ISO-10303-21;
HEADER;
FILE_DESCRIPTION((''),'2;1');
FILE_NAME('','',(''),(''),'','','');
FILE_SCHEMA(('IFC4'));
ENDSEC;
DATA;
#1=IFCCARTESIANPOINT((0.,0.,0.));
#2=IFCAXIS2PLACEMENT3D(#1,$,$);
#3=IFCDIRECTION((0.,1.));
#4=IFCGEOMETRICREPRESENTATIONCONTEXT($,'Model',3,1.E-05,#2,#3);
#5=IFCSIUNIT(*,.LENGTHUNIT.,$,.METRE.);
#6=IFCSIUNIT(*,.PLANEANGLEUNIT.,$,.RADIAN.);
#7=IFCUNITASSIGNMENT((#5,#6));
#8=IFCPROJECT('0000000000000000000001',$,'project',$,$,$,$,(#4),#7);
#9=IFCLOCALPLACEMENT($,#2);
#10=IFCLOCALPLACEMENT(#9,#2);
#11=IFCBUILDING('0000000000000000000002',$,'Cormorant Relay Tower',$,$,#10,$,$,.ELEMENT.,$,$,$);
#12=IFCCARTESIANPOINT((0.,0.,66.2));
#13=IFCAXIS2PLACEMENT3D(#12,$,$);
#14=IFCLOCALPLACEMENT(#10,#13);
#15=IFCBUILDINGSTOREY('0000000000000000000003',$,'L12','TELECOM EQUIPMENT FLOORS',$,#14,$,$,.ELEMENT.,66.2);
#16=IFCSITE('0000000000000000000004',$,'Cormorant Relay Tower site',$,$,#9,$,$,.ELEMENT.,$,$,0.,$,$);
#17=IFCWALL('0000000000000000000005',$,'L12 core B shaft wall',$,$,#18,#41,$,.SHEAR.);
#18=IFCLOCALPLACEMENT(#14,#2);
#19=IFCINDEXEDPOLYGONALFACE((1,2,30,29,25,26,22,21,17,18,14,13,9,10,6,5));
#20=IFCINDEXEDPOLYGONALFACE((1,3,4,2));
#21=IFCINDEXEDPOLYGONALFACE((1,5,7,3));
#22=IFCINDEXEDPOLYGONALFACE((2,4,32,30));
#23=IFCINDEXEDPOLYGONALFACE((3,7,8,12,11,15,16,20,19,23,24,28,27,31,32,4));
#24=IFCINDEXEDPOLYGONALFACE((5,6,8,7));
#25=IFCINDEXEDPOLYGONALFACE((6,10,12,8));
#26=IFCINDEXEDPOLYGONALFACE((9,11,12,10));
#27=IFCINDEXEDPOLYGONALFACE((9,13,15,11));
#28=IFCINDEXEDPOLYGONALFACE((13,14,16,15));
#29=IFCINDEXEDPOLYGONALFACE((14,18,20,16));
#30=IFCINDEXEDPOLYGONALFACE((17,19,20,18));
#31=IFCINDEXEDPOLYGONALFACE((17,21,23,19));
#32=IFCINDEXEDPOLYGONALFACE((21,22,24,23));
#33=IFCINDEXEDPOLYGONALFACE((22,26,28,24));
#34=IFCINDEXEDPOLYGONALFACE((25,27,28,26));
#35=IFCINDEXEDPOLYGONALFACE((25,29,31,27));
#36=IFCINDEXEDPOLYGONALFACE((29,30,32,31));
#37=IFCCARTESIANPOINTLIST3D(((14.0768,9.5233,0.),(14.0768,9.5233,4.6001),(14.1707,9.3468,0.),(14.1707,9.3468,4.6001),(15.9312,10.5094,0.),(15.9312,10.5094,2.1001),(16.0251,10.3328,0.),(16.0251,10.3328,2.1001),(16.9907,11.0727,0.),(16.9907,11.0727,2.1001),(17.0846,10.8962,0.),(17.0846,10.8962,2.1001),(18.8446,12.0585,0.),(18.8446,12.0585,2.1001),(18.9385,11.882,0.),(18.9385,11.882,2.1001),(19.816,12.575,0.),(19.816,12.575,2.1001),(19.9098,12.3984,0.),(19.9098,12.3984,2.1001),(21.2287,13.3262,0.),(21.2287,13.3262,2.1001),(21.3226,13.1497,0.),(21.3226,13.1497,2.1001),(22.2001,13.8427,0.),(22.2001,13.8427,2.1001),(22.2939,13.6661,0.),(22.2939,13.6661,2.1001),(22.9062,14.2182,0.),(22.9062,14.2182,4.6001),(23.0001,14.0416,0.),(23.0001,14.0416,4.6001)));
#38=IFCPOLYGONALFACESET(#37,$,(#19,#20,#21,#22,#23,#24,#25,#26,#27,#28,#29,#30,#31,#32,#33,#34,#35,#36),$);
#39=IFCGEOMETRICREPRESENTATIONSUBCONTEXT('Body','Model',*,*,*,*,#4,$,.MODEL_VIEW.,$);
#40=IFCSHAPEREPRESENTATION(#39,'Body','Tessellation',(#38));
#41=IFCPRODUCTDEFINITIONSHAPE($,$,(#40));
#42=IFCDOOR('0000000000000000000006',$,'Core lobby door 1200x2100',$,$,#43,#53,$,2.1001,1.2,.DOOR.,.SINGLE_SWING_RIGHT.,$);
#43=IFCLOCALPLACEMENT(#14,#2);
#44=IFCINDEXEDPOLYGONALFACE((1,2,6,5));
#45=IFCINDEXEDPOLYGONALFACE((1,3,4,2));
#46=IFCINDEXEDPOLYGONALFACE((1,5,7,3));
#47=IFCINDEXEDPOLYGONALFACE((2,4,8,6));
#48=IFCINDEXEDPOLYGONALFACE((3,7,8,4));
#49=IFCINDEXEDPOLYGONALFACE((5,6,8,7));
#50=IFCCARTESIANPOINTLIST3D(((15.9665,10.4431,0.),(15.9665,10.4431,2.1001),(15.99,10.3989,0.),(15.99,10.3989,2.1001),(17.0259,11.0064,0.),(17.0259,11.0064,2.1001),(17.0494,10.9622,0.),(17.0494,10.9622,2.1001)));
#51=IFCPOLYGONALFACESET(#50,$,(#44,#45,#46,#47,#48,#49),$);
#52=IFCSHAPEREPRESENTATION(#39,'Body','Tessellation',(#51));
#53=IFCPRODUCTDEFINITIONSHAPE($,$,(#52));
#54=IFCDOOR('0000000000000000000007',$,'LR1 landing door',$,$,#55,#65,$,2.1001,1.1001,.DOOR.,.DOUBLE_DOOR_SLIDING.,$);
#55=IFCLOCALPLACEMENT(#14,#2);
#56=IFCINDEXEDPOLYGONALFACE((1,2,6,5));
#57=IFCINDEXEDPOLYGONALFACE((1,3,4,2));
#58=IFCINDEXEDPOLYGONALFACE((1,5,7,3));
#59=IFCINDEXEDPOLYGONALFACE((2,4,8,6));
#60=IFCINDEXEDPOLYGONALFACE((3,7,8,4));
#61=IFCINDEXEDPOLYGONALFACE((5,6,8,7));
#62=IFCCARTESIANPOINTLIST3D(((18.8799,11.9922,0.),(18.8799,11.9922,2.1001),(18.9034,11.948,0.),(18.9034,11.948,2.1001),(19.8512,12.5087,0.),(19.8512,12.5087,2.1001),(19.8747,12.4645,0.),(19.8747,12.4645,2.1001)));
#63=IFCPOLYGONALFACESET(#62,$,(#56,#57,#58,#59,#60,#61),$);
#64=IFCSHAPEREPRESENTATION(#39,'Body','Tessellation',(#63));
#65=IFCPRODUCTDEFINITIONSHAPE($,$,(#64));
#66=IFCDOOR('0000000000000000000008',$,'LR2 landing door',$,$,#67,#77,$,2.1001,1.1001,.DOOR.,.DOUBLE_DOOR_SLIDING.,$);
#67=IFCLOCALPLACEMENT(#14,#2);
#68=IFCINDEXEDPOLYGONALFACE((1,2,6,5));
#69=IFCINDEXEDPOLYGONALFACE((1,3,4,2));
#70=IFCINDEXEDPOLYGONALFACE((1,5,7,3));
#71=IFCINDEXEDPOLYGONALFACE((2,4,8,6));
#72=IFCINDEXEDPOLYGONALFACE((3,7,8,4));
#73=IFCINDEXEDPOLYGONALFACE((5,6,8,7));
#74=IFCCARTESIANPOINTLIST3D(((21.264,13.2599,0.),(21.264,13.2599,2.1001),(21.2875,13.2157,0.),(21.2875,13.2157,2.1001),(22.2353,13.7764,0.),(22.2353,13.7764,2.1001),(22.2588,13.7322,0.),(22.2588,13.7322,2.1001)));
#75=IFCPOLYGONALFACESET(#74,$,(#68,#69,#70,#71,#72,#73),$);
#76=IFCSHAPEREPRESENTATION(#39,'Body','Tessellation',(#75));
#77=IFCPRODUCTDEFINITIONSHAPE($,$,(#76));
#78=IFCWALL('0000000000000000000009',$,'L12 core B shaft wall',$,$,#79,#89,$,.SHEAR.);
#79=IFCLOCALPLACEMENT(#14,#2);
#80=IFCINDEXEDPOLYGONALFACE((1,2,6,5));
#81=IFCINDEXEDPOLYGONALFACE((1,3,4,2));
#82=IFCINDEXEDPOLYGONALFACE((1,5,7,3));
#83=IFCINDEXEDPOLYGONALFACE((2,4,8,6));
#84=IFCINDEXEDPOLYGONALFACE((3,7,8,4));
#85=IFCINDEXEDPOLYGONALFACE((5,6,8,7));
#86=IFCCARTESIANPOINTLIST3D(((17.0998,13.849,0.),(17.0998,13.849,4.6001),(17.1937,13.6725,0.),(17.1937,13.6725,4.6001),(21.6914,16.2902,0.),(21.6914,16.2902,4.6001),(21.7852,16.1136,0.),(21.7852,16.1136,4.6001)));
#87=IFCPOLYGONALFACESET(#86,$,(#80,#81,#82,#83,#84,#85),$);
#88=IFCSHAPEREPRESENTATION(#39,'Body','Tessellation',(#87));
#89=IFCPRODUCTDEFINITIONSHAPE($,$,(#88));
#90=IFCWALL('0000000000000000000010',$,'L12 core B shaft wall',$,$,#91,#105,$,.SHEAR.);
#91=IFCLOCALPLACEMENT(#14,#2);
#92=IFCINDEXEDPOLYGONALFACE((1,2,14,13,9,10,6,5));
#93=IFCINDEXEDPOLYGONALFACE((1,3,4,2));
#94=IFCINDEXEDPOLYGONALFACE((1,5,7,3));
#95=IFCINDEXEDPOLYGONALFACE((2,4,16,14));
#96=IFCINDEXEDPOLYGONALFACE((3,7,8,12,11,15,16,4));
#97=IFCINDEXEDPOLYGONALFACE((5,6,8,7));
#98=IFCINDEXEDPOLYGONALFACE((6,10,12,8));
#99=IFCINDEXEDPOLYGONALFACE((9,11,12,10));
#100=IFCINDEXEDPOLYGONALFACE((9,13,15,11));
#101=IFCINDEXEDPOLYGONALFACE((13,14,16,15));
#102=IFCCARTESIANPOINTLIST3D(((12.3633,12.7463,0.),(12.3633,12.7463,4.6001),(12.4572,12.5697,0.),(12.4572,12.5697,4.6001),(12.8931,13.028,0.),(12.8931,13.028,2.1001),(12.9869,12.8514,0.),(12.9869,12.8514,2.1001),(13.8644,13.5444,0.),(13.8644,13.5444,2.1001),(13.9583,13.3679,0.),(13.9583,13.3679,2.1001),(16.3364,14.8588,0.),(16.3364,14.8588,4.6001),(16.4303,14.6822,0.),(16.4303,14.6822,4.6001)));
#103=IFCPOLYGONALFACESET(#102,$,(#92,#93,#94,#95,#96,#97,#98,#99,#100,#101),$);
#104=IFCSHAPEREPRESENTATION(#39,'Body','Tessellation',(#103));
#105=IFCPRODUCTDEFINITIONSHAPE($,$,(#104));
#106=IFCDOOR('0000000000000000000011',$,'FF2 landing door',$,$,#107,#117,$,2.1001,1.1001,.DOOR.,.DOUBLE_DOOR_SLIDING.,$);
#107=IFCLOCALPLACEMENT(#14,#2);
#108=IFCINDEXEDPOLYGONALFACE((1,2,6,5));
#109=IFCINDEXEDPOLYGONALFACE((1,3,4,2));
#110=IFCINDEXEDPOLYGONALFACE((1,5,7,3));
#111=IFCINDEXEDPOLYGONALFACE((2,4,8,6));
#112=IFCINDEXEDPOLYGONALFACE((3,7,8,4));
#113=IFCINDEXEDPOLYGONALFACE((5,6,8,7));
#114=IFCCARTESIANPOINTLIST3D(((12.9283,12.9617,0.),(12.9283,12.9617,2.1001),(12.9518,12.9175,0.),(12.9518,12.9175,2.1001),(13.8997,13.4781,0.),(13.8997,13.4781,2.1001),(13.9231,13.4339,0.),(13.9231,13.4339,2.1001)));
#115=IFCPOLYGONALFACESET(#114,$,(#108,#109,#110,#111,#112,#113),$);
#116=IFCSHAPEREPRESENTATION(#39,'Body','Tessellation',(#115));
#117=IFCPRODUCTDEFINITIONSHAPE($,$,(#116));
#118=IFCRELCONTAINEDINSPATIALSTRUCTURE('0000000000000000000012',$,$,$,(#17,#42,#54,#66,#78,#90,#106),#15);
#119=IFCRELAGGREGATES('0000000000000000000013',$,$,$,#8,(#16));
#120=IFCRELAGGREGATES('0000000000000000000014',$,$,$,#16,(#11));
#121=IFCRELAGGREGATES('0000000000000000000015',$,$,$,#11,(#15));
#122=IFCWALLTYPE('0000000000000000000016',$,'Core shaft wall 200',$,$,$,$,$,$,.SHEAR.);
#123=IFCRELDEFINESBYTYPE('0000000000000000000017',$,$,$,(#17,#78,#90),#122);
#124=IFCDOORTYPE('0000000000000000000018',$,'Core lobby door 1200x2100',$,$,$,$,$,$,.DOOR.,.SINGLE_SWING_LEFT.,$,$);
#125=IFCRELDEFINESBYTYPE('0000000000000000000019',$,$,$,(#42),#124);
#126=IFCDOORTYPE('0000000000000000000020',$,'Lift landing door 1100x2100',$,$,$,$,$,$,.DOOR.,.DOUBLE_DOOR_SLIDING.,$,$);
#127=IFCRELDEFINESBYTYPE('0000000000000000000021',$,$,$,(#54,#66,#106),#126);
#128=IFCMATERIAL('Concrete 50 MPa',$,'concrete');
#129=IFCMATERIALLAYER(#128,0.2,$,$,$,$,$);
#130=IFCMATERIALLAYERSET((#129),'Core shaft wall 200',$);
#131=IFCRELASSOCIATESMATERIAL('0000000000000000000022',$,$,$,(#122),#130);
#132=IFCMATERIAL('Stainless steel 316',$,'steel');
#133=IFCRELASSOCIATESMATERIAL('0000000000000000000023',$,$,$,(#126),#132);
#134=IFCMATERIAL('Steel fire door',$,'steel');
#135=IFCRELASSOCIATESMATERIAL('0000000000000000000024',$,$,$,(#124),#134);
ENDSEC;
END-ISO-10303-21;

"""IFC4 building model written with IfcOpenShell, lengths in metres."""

from ifc_helpers import new_model, si_unit, direction, frame, frame_2d, origin, place, context, subcontext, project, spatial, rectangle, extrude, material, layer, layer_set, type_object, element, fill, save


model = new_model("IFC4")

# Units and contexts
model_context = context("Model", 3, precision=1e-05, world=origin(), true_north=direction((0.0, 1.0)))
body_context = subcontext(model_context, "Body", "Model", "MODEL_VIEW")
ifc_project = project(units=[si_unit("LENGTHUNIT", "METRE"), si_unit("PLANEANGLEUNIT", "RADIAN")], contexts=[model_context])

# Site, building, storey
site_placement = place(None, origin())
site = spatial("IfcSite", under=ifc_project, at=site_placement, Name="Cormorant Relay Tower site", CompositionType="ELEMENT", RefElevation=0.0)
building_placement = place(site_placement, origin())
building = spatial("IfcBuilding", under=site, at=building_placement, Name="Cormorant Relay Tower", CompositionType="ELEMENT")
storey_placement = place(building_placement, frame((0.0, 0.0, 66.2)))
storey = spatial("IfcBuildingStorey", under=building, at=storey_placement, Name="L12", Description="TELECOM EQUIPMENT FLOORS", CompositionType="ELEMENT", Elevation=66.2)

# Shared definitions
ifc_material_1 = material(Name="Concrete 50 MPa", Category="concrete")
ifc_layer_1 = layer(ifc_material_1, 0.2)
ifc_layer_set_1 = layer_set([ifc_layer_1], Name="Core shaft wall 200")
wall_type_1 = type_object("IfcWallType", Name="Core shaft wall 200", PredefinedType="SHEAR", material=ifc_layer_set_1)

# Wall, openings, doors
ifc_material_2 = material(Name="Stainless steel 316", Category="steel")
door_type_1 = type_object("IfcDoorType", Name="Lift landing door 1100x2100", OperationType="DOUBLE_DOOR_SLIDING", PredefinedType="DOOR", material=ifc_material_2)
wall_1_placement = place(storey_placement, frame((14.1238, 9.4351, 0.0), z_axis=(0.0, 0.0, 1.0), x_axis=(0.88294, 0.469485, 0.0)))
wall_1 = element("IfcWall", 1, at=wall_1_placement, inside=storey, type_object=wall_type_1, Name="L12 core B shaft wall", PredefinedType="SHEAR", context=body_context, shape_type="SweptSolid", body=[
    extrude(rectangle(XDim=10.0, YDim=0.2, at=frame_2d((5.0, 0.0))), origin(), (0.0, 0.0, 1.0), 4.6001),
])
opening_1_placement = place(wall_1_placement, frame((2.1001, 0.0, 0.0)))
opening_1 = element("IfcOpeningElement", 2, at=opening_1_placement, cuts=wall_1, PredefinedType="OPENING", context=body_context, shape_type="SweptSolid", body=[
    extrude(rectangle(XDim=1.2, YDim=2.1001, at=frame_2d((0.6001, 1.05))), frame((0.0, 0.1099, 0.0), z_axis=(0.0, -1.0, 0.0), x_axis=(1.0, 0.0, 0.0)), (0.0, 0.0, 1.0), 0.22),
])
opening_2_placement = place(wall_1_placement, frame((5.3999, 0.0, 0.0)))
opening_2 = element("IfcOpeningElement", 3, at=opening_2_placement, cuts=wall_1, PredefinedType="OPENING", context=body_context, shape_type="SweptSolid", body=[
    extrude(rectangle(XDim=1.1001, YDim=2.1001, at=frame_2d((0.55, 1.05))), frame((0.0, 0.1099, 0.0), z_axis=(0.0, -1.0, 0.0), x_axis=(1.0, 0.0, 0.0)), (0.0, 0.0, 1.0), 0.22),
])
opening_3_placement = place(wall_1_placement, frame((8.1001, 0.0, 0.0)))
opening_3 = element("IfcOpeningElement", 4, at=opening_3_placement, cuts=wall_1, PredefinedType="OPENING", context=body_context, shape_type="SweptSolid", body=[
    extrude(rectangle(XDim=1.1001, YDim=2.1001, at=frame_2d((0.55, 1.05))), frame((0.0, 0.1099, 0.0), z_axis=(0.0, -1.0, 0.0), x_axis=(1.0, 0.0, 0.0)), (0.0, 0.0, 1.0), 0.22),
])
ifc_material_3 = material(Name="Steel fire door", Category="steel")
door_type_2 = type_object("IfcDoorType", Name="Core lobby door 1200x2100", OperationType="SINGLE_SWING_LEFT", PredefinedType="DOOR", material=ifc_material_3)
door_1_placement = place(opening_1_placement, origin())
door_1 = element("IfcDoor", 5, at=door_1_placement, inside=storey, type_object=door_type_2, Name="Core lobby door 1200x2100", OperationType="SINGLE_SWING_RIGHT", OverallHeight=2.1001, OverallWidth=1.2, PredefinedType="DOOR", context=body_context, shape_type="SweptSolid", body=[
    extrude(rectangle(XDim=1.2, YDim=2.1001, at=frame_2d((0.6001, 1.05))), frame((0.0, 0.0249, 0.0), z_axis=(0.0, -1.0, 0.0), x_axis=(1.0, 0.0, 0.0)), (0.0, 0.0, 1.0), 0.05),
])
fill(opening_1, door_1)
door_2_placement = place(opening_2_placement, origin())
door_2 = element("IfcDoor", 6, at=door_2_placement, inside=storey, type_object=door_type_1, Name="LR1 landing door", OperationType="DOUBLE_DOOR_SLIDING", OverallHeight=2.1001, OverallWidth=1.1001, PredefinedType="DOOR", context=body_context, shape_type="SweptSolid", body=[
    extrude(rectangle(XDim=1.1001, YDim=2.1001, at=frame_2d((0.55, 1.05))), frame((0.0, 0.0249, 0.0), z_axis=(0.0, -1.0, 0.0), x_axis=(1.0, 0.0, 0.0)), (0.0, 0.0, 1.0), 0.05),
])
fill(opening_2, door_2)
door_3_placement = place(opening_3_placement, origin())
door_3 = element("IfcDoor", 7, at=door_3_placement, inside=storey, type_object=door_type_1, Name="LR2 landing door", OperationType="DOUBLE_DOOR_SLIDING", OverallHeight=2.1001, OverallWidth=1.1001, PredefinedType="DOOR", context=body_context, shape_type="SweptSolid", body=[
    extrude(rectangle(XDim=1.1001, YDim=2.1001, at=frame_2d((0.55, 1.05))), frame((0.0, 0.0249, 0.0), z_axis=(0.0, -1.0, 0.0), x_axis=(1.0, 0.0, 0.0)), (0.0, 0.0, 1.0), 0.05),
])
fill(opening_3, door_3)

# Wall
wall_2_placement = place(storey_placement, frame((17.1467, 13.7607, 0.0), z_axis=(0.0, 0.0, 1.0), x_axis=(0.882964, 0.46944, 0.0)))
element("IfcWall", 8, at=wall_2_placement, inside=storey, type_object=wall_type_1, Name="L12 core B shaft wall", PredefinedType="SHEAR", context=body_context, shape_type="SweptSolid", body=[
    extrude(rectangle(XDim=5.2002, YDim=0.2, at=frame_2d((2.6001, 0.0))), origin(), (0.0, 0.0, 1.0), 4.6001),
])

# Wall, opening, door
wall_3_placement = place(storey_placement, frame((12.4102, 12.658, 0.0), z_axis=(0.0, 0.0, 1.0), x_axis=(0.882948, 0.46947, 0.0)))
wall_3 = element("IfcWall", 9, at=wall_3_placement, inside=storey, type_object=wall_type_1, Name="L12 core B shaft wall", PredefinedType="SHEAR", context=body_context, shape_type="SweptSolid", body=[
    extrude(rectangle(XDim=4.4998, YDim=0.2, at=frame_2d((2.25, 0.0))), origin(), (0.0, 0.0, 1.0), 4.6001),
])
opening_4_placement = place(wall_3_placement, frame((0.6001, 0.0, 0.0)))
opening_4 = element("IfcOpeningElement", 10, at=opening_4_placement, cuts=wall_3, PredefinedType="OPENING", context=body_context, shape_type="SweptSolid", body=[
    extrude(rectangle(XDim=1.1001, YDim=2.1001, at=frame_2d((0.55, 1.05))), frame((0.0, 0.1099, 0.0), z_axis=(0.0, -1.0, 0.0), x_axis=(1.0, 0.0, 0.0)), (0.0, 0.0, 1.0), 0.22),
])
door_4_placement = place(opening_4_placement, origin())
door_4 = element("IfcDoor", 11, at=door_4_placement, inside=storey, type_object=door_type_1, Name="FF2 landing door", OperationType="DOUBLE_DOOR_SLIDING", OverallHeight=2.1001, OverallWidth=1.1001, PredefinedType="DOOR", context=body_context, shape_type="SweptSolid", body=[
    extrude(rectangle(XDim=1.1001, YDim=2.1001, at=frame_2d((0.55, 1.05))), frame((0.0, 0.0249, 0.0), z_axis=(0.0, -1.0, 0.0), x_axis=(1.0, 0.0, 0.0)), (0.0, 0.0, 1.0), 0.05),
])
fill(opening_4, door_4)

save(model, "model.ifc")
